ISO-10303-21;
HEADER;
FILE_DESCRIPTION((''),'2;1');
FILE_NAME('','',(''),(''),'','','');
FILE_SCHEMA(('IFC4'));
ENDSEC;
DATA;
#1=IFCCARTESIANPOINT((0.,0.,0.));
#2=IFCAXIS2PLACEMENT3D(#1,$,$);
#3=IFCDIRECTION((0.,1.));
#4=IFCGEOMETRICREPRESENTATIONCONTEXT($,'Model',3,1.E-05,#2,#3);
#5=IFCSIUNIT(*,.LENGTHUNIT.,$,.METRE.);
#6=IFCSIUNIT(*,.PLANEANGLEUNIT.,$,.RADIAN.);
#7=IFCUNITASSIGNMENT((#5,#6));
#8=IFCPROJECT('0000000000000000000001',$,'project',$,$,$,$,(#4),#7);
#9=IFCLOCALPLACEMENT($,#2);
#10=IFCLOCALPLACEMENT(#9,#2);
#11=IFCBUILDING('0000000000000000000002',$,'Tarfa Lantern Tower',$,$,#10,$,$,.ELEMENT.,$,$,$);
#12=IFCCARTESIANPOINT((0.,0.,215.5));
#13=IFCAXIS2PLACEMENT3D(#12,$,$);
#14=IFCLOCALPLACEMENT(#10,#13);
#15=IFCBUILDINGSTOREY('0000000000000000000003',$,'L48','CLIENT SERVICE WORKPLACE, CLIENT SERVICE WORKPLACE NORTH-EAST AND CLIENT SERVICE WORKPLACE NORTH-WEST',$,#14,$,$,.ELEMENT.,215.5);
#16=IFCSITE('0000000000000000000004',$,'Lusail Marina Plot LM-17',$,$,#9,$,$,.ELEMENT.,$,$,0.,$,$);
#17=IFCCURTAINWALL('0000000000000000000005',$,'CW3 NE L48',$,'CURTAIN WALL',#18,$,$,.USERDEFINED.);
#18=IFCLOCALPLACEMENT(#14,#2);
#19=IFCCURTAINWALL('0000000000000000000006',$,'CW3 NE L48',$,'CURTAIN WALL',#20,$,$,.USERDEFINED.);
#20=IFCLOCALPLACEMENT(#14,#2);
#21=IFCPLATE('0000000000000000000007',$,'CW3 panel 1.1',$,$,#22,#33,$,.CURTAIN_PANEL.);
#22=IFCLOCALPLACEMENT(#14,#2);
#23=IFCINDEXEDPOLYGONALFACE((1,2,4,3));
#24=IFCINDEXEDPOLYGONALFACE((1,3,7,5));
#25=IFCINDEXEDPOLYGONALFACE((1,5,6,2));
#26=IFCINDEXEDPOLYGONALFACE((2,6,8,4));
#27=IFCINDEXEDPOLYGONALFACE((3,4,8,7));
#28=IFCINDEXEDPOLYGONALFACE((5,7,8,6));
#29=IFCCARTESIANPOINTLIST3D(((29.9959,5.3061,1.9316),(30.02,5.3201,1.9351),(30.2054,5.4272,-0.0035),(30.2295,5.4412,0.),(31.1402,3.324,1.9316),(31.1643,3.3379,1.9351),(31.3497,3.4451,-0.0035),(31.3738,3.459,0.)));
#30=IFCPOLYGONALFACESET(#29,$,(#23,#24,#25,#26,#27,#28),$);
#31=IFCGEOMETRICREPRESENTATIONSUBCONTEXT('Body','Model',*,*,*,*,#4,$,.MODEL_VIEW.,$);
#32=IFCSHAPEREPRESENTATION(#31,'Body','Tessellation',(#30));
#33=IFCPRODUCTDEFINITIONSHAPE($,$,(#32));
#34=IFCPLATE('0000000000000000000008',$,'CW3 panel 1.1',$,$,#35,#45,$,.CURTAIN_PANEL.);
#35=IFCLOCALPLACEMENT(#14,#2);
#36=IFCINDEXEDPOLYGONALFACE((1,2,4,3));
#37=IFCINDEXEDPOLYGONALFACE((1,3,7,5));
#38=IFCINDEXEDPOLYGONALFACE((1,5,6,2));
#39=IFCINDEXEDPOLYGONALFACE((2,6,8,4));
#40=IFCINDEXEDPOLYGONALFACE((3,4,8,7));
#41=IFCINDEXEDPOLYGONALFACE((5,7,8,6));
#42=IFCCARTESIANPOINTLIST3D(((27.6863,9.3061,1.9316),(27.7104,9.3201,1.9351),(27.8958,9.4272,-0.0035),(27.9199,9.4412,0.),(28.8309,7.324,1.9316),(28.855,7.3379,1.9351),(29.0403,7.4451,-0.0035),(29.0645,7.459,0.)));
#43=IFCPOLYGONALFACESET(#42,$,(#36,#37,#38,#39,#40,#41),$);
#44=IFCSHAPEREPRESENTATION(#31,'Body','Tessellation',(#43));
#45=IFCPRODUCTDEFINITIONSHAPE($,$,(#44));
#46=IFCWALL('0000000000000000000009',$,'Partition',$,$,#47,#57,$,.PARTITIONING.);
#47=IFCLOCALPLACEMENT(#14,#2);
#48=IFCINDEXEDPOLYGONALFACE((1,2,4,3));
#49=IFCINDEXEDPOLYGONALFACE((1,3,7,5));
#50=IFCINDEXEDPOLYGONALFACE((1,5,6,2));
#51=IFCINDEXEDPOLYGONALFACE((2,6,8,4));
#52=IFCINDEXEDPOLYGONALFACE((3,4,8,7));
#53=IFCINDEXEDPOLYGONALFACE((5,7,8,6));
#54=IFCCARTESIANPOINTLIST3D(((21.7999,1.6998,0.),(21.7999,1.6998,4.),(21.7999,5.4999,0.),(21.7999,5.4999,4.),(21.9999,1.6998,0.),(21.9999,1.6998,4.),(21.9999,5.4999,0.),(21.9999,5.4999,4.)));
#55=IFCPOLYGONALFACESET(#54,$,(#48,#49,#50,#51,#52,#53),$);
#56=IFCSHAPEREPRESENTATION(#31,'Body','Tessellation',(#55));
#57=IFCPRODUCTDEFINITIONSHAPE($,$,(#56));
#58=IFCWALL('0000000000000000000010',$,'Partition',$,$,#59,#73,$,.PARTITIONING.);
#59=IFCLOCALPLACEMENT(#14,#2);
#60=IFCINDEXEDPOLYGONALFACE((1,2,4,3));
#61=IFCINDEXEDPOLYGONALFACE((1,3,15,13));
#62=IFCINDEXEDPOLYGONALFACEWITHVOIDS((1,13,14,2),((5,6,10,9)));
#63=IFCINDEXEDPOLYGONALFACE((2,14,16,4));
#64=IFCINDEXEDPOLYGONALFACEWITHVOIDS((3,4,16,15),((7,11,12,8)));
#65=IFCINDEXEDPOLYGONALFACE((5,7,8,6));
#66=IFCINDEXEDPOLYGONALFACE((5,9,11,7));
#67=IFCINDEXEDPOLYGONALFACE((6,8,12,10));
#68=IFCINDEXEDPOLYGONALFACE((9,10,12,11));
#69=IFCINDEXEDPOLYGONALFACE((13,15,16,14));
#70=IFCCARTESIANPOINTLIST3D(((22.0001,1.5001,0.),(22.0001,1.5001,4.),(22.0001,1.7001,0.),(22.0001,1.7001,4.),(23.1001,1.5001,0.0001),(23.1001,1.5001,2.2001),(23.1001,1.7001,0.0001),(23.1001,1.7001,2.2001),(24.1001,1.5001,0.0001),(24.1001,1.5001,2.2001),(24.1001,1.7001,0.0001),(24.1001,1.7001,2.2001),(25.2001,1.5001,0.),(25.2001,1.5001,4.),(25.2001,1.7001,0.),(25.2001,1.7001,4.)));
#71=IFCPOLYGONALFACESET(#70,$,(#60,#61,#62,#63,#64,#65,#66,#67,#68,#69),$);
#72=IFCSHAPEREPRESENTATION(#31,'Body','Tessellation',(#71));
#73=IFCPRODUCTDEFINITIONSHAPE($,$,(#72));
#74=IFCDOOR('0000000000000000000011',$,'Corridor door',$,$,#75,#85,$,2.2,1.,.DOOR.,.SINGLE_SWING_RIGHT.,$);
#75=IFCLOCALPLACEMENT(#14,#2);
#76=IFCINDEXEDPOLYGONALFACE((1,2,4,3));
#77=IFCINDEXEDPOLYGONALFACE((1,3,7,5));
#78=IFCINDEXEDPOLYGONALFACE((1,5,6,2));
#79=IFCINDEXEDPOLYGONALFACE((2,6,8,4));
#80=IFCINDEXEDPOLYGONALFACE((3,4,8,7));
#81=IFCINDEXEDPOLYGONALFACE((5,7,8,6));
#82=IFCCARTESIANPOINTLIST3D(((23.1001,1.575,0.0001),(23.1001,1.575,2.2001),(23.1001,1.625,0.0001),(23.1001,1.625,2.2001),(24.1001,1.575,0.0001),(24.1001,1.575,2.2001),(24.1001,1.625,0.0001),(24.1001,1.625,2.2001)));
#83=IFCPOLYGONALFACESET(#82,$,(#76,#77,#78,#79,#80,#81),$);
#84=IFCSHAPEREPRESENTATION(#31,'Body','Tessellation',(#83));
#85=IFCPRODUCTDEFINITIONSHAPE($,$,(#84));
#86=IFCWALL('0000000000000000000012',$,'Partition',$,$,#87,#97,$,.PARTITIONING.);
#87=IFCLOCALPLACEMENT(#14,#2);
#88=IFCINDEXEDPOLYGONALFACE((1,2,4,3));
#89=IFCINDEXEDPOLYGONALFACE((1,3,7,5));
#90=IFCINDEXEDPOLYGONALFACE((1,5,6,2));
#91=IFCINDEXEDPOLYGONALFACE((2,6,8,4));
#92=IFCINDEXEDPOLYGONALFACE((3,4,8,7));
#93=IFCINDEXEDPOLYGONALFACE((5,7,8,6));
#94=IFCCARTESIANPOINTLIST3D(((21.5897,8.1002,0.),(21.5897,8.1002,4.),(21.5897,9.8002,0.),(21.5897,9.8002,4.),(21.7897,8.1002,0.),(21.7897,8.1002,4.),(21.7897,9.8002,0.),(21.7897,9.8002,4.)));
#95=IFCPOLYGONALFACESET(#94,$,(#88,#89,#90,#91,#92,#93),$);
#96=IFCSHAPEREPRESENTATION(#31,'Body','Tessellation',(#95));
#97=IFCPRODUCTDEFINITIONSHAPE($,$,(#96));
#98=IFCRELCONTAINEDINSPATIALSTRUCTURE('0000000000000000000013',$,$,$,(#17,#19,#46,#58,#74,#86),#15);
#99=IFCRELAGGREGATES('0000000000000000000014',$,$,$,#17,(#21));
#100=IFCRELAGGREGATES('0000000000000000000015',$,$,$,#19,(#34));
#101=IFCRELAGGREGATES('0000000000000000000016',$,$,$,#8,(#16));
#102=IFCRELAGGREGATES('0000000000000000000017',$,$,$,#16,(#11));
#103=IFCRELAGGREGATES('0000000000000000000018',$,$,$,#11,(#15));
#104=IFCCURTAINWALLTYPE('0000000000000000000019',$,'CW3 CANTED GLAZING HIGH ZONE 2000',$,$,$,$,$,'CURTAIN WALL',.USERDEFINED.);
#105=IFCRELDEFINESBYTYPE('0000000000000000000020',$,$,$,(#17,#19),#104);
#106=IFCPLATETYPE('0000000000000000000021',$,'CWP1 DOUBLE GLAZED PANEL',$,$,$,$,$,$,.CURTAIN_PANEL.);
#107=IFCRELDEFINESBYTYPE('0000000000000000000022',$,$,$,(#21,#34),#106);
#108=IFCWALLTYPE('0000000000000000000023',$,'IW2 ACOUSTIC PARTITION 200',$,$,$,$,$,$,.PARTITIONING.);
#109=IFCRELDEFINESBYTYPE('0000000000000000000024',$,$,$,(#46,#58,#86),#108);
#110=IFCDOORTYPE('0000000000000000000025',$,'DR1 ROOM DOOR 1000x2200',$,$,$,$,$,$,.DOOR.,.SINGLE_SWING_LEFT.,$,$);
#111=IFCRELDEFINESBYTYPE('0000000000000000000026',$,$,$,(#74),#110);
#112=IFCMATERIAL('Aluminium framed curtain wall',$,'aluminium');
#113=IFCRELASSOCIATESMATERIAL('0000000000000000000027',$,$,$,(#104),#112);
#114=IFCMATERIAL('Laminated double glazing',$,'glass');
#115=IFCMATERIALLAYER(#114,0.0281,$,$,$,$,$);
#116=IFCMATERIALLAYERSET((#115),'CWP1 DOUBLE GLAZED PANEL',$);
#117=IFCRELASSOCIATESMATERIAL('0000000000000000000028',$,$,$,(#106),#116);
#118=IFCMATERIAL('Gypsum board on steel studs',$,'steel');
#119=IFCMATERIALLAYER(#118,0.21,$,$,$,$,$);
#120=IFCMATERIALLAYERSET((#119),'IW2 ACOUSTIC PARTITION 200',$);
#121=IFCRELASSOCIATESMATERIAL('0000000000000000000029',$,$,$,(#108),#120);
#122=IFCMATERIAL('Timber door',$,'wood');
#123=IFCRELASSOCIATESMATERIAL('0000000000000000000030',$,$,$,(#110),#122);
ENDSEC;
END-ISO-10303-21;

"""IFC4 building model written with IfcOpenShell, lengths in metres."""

from ifc_helpers import new_model, si_unit, direction, frame, frame_2d, origin, place, context, subcontext, project, spatial, polyline, rectangle, outline, extrude, material, layer, layer_set, type_object, element, fill, aggregate, save


model = new_model("IFC4")

# Units and contexts
model_context = context("Model", 3, precision=1e-05, world=origin(), true_north=direction((0.0, 1.0)))
body_context = subcontext(model_context, "Body", "Model", "MODEL_VIEW")
ifc_project = project(units=[si_unit("LENGTHUNIT", "METRE"), si_unit("PLANEANGLEUNIT", "RADIAN")], contexts=[model_context])

# Site, building, storey
site_placement = place(None, origin())
site = spatial("IfcSite", under=ifc_project, at=site_placement, Name="Lusail Marina Plot LM-17", CompositionType="ELEMENT", RefElevation=0.0)
building_placement = place(site_placement, origin())
building = spatial("IfcBuilding", under=site, at=building_placement, Name="Tarfa Lantern Tower", CompositionType="ELEMENT")
storey_placement = place(building_placement, frame((0.0, 0.0, 215.5)))
storey = spatial("IfcBuildingStorey", under=building, at=storey_placement, Name="L48", Description="CLIENT SERVICE WORKPLACE, CLIENT SERVICE WORKPLACE NORTH-EAST AND CLIENT SERVICE WORKPLACE NORTH-WEST", CompositionType="ELEMENT", Elevation=215.5)

# Curtain walls
ifc_material_1 = material(Name="Aluminium framed curtain wall", Category="aluminium")
curtain_wall_type = type_object("IfcCurtainWallType", Name="CW3 CANTED GLAZING HIGH ZONE 2000", ElementType="CURTAIN WALL", PredefinedType="USERDEFINED", material=ifc_material_1)
curtain_wall_1_placement = place(storey_placement, origin())
curtain_wall_1 = element("IfcCurtainWall", 1, at=curtain_wall_1_placement, inside=storey, type_object=curtain_wall_type, Name="CW3 NE L48", ObjectType="CURTAIN WALL", PredefinedType="USERDEFINED")
curtain_wall_2_placement = place(storey_placement, origin())
curtain_wall_2 = element("IfcCurtainWall", 2, at=curtain_wall_2_placement, inside=storey, type_object=curtain_wall_type, Name="CW3 NE L48", ObjectType="CURTAIN WALL", PredefinedType="USERDEFINED")

# Plates
ifc_material_2 = material(Name="Laminated double glazing", Category="glass")
ifc_layer_1 = layer(ifc_material_2, 0.0281)
ifc_layer_set_1 = layer_set([ifc_layer_1], Name="CWP1 DOUBLE GLAZED PANEL")
plate_type = type_object("IfcPlateType", Name="CWP1 DOUBLE GLAZED PANEL", PredefinedType="CURTAIN_PANEL", material=ifc_layer_set_1)
plate_1_placement = place(storey_placement, frame((31.3738, 3.459, 0.0), z_axis=(0.859357, 0.496096, 0.124072), x_axis=(-0.499959, 0.866049, 0.0)))
plate_1 = element("IfcPlate", 3, at=plate_1_placement, type_object=plate_type, Name="CW3 panel 1.1", PredefinedType="CURTAIN_PANEL", context=body_context, shape_type="SweptSolid", body=[
    extrude(outline(polyline([(0.0, 0.0), (2.2888, 0.0), (2.2886, 1.9501), (-0.0001, 1.9501), (0.0, 0.0)])), origin(), (0.0, 0.0, -1.0), 0.0281),
])
aggregate(curtain_wall_1, [plate_1])
plate_2_placement = place(storey_placement, frame((29.0645, 7.459, 0.0), z_axis=(0.859311, 0.496176, 0.124072), x_axis=(-0.500039, 0.866003, 0.0)))
plate_2 = element("IfcPlate", 4, at=plate_2_placement, type_object=plate_type, Name="CW3 panel 1.1", PredefinedType="CURTAIN_PANEL", context=body_context, shape_type="SweptSolid", body=[
    extrude(outline(polyline([(0.0, 0.0), (2.2889, 0.0), (2.2888, 1.9501), (-0.0001, 1.9501), (0.0, 0.0)])), origin(), (0.0, 0.0, -1.0), 0.0281),
])
aggregate(curtain_wall_2, [plate_2])

# Wall
ifc_material_3 = material(Name="Gypsum board on steel studs", Category="steel")
ifc_layer_2 = layer(ifc_material_3, 0.21)
ifc_layer_set_2 = layer_set([ifc_layer_2], Name="IW2 ACOUSTIC PARTITION 200")
wall_type = type_object("IfcWallType", Name="IW2 ACOUSTIC PARTITION 200", PredefinedType="PARTITIONING", material=ifc_layer_set_2)
wall_1_placement = place(storey_placement, frame((21.8999, 1.7, 0.0), z_axis=(0.0, 0.0, 1.0), x_axis=(0.0, 1.0, 0.0)))
element("IfcWall", 5, at=wall_1_placement, inside=storey, type_object=wall_type, Name="Partition", PredefinedType="PARTITIONING", context=body_context, shape_type="SweptSolid", body=[
    extrude(rectangle(XDim=3.8, YDim=0.2, at=frame_2d((1.8999, 0.0))), origin(), (0.0, 0.0, 1.0), 4.0),
])

# Wall, opening, door
wall_2_placement = place(storey_placement, frame((22.0, 1.6001, 0.0), z_axis=(0.0, 0.0, 1.0), x_axis=(1.0, 0.0, 0.0)))
wall_2 = element("IfcWall", 6, at=wall_2_placement, inside=storey, type_object=wall_type, Name="Partition", PredefinedType="PARTITIONING", context=body_context, shape_type="SweptSolid", body=[
    extrude(rectangle(XDim=3.2, YDim=0.2, at=frame_2d((1.6001, 0.0))), origin(), (0.0, 0.0, 1.0), 4.0),
])
opening_placement = place(wall_2_placement, frame((1.1001, 0.0, 0.0)))
opening = element("IfcOpeningElement", 7, at=opening_placement, cuts=wall_2, PredefinedType="OPENING", context=body_context, shape_type="SweptSolid", body=[
    extrude(rectangle(XDim=1.0, YDim=2.2, at=frame_2d((0.5, 1.1001))), frame((0.0, 0.1099, 0.0), z_axis=(0.0, -1.0, 0.0), x_axis=(1.0, 0.0, 0.0)), (0.0, 0.0, 1.0), 0.22),
])
ifc_material_4 = material(Name="Timber door", Category="wood")
door_type = type_object("IfcDoorType", Name="DR1 ROOM DOOR 1000x2200", OperationType="SINGLE_SWING_LEFT", PredefinedType="DOOR", material=ifc_material_4)
door_placement = place(opening_placement, origin())
door = element("IfcDoor", 8, at=door_placement, inside=storey, type_object=door_type, Name="Corridor door", OperationType="SINGLE_SWING_RIGHT", OverallHeight=2.2, OverallWidth=1.0, PredefinedType="DOOR", context=body_context, shape_type="SweptSolid", body=[
    extrude(rectangle(XDim=1.0, YDim=2.2, at=frame_2d((0.5, 1.1001))), frame((0.0, 0.0249, 0.0), z_axis=(0.0, -1.0, 0.0), x_axis=(1.0, 0.0, 0.0)), (0.0, 0.0, 1.0), 0.05),
])
fill(opening, door)

# Wall
wall_3_placement = place(storey_placement, frame((21.6897, 8.1001, 0.0), z_axis=(0.0, 0.0, 1.0), x_axis=(0.0, 1.0, 0.0)))
element("IfcWall", 9, at=wall_3_placement, inside=storey, type_object=wall_type, Name="Partition", PredefinedType="PARTITIONING", context=body_context, shape_type="SweptSolid", body=[
    extrude(rectangle(XDim=1.7, YDim=0.2, at=frame_2d((0.8501, 0.0))), origin(), (0.0, 0.0, 1.0), 4.0),
])

save(model, "model.ifc")
